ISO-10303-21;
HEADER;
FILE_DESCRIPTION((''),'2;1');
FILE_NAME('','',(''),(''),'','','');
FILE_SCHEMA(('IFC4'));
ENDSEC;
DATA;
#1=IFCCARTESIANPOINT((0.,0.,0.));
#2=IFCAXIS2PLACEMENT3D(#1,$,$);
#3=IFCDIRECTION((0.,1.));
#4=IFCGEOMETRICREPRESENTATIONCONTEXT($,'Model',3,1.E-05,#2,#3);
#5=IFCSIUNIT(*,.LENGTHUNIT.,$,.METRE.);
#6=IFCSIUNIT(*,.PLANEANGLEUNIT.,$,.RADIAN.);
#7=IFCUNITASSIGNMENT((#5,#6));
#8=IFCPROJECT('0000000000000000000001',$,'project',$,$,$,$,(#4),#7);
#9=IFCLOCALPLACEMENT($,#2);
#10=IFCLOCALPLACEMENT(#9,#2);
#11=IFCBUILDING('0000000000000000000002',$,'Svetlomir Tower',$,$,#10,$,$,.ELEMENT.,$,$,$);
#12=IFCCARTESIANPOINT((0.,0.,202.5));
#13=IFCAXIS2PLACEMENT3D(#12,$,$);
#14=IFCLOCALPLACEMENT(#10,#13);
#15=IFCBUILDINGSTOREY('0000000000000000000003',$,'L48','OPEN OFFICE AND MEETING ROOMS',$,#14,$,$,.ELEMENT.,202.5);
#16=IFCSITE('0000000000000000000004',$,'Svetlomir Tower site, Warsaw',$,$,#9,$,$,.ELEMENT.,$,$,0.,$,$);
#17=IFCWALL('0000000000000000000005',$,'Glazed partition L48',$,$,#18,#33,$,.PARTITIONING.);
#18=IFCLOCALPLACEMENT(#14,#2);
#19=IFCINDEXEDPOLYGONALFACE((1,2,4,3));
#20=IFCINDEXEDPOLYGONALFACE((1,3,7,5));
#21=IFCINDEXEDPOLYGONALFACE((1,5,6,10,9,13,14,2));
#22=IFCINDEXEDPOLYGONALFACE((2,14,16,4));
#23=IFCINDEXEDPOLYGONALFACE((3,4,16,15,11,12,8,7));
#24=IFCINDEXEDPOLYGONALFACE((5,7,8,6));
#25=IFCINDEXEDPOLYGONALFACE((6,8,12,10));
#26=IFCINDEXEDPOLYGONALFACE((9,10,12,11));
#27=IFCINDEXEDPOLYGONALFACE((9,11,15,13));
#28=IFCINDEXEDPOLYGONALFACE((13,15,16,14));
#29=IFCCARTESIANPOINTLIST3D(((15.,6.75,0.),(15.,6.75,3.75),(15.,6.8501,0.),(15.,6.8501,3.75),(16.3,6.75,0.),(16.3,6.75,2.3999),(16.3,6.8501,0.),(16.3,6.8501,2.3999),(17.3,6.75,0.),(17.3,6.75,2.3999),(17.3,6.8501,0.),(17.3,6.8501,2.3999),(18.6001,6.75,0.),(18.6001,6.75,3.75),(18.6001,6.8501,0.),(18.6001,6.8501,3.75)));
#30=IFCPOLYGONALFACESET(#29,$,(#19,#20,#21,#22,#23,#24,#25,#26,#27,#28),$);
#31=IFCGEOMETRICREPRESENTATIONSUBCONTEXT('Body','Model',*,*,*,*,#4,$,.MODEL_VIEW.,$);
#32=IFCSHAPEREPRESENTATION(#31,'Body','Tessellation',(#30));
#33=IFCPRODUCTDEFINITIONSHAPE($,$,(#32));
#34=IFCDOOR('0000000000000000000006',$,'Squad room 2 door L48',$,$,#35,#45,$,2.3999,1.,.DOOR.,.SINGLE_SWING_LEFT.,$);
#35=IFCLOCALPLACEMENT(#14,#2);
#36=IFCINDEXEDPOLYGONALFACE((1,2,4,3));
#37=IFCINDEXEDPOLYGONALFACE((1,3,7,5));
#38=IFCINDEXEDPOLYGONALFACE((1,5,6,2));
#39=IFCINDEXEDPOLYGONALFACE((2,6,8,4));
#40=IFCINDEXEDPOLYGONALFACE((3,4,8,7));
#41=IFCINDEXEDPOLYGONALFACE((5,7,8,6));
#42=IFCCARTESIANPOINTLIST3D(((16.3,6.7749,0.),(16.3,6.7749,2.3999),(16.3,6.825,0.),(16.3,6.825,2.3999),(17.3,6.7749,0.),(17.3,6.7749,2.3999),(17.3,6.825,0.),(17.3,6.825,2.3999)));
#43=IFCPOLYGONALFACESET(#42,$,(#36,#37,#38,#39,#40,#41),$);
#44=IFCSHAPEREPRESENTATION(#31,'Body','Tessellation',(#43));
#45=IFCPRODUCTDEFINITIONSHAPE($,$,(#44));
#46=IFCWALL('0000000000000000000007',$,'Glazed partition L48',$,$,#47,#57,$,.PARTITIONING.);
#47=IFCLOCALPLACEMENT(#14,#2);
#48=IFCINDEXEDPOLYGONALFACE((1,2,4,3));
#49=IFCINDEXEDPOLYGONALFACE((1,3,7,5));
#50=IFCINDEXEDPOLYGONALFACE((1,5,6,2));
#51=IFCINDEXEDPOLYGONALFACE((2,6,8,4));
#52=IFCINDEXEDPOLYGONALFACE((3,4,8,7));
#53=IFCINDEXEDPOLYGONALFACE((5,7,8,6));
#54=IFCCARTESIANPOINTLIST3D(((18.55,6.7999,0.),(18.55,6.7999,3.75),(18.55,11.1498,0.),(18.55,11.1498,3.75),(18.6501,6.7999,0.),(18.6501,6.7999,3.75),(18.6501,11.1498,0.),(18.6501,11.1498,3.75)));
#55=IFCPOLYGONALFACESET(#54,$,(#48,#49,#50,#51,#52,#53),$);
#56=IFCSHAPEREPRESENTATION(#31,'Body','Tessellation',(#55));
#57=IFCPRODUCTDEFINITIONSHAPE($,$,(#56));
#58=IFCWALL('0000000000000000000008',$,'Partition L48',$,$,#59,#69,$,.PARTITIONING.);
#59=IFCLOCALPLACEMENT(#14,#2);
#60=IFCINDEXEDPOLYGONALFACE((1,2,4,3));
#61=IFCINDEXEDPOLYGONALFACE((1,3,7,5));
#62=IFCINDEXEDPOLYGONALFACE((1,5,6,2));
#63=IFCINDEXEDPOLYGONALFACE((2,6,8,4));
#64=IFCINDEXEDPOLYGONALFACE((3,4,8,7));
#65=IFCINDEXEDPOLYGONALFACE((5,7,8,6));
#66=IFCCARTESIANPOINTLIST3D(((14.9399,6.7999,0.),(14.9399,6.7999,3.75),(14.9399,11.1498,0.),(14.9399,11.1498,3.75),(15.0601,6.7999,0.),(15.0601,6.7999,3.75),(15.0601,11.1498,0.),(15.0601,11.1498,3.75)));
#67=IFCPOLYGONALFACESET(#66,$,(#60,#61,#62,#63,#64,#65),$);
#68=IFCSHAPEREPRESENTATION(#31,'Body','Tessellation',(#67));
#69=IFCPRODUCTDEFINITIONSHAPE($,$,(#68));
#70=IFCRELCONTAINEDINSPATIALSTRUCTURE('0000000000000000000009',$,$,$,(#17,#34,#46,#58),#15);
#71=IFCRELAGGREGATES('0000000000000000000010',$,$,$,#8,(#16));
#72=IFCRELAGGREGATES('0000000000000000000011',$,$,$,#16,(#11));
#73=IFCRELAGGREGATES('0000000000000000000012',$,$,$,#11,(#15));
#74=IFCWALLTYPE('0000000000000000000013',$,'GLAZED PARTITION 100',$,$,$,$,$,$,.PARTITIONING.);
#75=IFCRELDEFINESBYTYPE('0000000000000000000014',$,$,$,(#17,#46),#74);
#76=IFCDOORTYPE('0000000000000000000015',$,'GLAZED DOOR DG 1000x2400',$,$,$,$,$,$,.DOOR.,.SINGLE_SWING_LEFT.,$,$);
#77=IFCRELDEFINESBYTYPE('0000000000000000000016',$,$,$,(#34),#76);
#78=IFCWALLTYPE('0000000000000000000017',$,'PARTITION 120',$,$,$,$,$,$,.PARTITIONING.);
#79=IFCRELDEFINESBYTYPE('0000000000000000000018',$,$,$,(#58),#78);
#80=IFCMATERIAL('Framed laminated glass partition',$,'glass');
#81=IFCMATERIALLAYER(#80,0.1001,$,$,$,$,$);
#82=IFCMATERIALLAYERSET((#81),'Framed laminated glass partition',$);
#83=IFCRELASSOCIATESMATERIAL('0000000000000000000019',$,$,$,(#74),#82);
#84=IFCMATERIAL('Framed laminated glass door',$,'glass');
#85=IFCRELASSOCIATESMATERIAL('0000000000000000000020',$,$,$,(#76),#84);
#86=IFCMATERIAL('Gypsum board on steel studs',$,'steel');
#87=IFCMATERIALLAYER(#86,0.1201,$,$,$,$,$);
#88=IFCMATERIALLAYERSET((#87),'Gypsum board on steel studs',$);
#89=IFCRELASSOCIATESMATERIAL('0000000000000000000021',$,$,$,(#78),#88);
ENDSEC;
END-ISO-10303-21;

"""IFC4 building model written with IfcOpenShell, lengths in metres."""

from ifc_helpers import new_model, si_unit, direction, frame, frame_2d, origin, place, context, subcontext, project, spatial, rectangle, extrude, material, layer, layer_set, type_object, element, fill, save


model = new_model("IFC4")

# Units and contexts
model_context = context("Model", 3, precision=1e-05, world=origin(), true_north=direction((0.0, 1.0)))
body_context = subcontext(model_context, "Body", "Model", "MODEL_VIEW")
ifc_project = project(units=[si_unit("LENGTHUNIT", "METRE"), si_unit("PLANEANGLEUNIT", "RADIAN")], contexts=[model_context])

# Site, building, storey
site_placement = place(None, origin())
site = spatial("IfcSite", under=ifc_project, at=site_placement, Name="Svetlomir Tower site, Warsaw", CompositionType="ELEMENT", RefElevation=0.0)
building_placement = place(site_placement, origin())
building = spatial("IfcBuilding", under=site, at=building_placement, Name="Svetlomir Tower", CompositionType="ELEMENT")
storey_placement = place(building_placement, frame((0.0, 0.0, 202.5)))
storey = spatial("IfcBuildingStorey", under=building, at=storey_placement, Name="L48", Description="OPEN OFFICE AND MEETING ROOMS", CompositionType="ELEMENT", Elevation=202.5)

# Wall, opening, door
ifc_material_1 = material(Name="Framed laminated glass partition", Category="glass")
ifc_layer_1 = layer(ifc_material_1, 0.1001)
ifc_layer_set_1 = layer_set([ifc_layer_1], Name="Framed laminated glass partition")
wall_type_1 = type_object("IfcWallType", Name="GLAZED PARTITION 100", PredefinedType="PARTITIONING", material=ifc_layer_set_1)
wall_1_placement = place(storey_placement, frame((15.0, 6.8, 0.0), z_axis=(0.0, 0.0, 1.0), x_axis=(1.0, 0.0, 0.0)))
wall_1 = element("IfcWall", 1, at=wall_1_placement, inside=storey, type_object=wall_type_1, Name="Glazed partition L48", PredefinedType="PARTITIONING", context=body_context, shape_type="SweptSolid", body=[
    extrude(rectangle(XDim=3.6001, YDim=0.1001, at=frame_2d((1.8, 0.0))), origin(), (0.0, 0.0, 1.0), 3.75),
])
opening_1_placement = place(wall_1_placement, frame((1.3, 0.0, 0.0)))
opening_1 = element("IfcOpeningElement", 2, at=opening_1_placement, cuts=wall_1, PredefinedType="OPENING", context=body_context, shape_type="SweptSolid", body=[
    extrude(rectangle(XDim=1.0, YDim=2.3999, at=frame_2d((0.5, 1.2))), frame((0.0, 0.0601, 0.0), z_axis=(0.0, -1.0, 0.0), x_axis=(1.0, 0.0, 0.0)), (0.0, 0.0, 1.0), 0.1201),
])
ifc_material_2 = material(Name="Framed laminated glass door", Category="glass")
door_type_1 = type_object("IfcDoorType", Name="GLAZED DOOR DG 1000x2400", OperationType="SINGLE_SWING_LEFT", PredefinedType="DOOR", material=ifc_material_2)
door_1_placement = place(opening_1_placement, origin())
door_1 = element("IfcDoor", 3, at=door_1_placement, inside=storey, type_object=door_type_1, Name="Squad room 2 door L48", OperationType="SINGLE_SWING_LEFT", OverallHeight=2.3999, OverallWidth=1.0, PredefinedType="DOOR", context=body_context, shape_type="SweptSolid", body=[
    extrude(rectangle(XDim=1.0, YDim=2.3999, at=frame_2d((0.5, 1.2))), frame((0.0, 0.0249, 0.0), z_axis=(0.0, -1.0, 0.0), x_axis=(1.0, 0.0, 0.0)), (0.0, 0.0, 1.0), 0.05),
])
fill(opening_1, door_1)

# Walls
wall_2_placement = place(storey_placement, frame((18.6001, 6.8, 0.0), z_axis=(0.0, 0.0, 1.0), x_axis=(0.0, 1.0, 0.0)))
element("IfcWall", 4, at=wall_2_placement, inside=storey, type_object=wall_type_1, Name="Glazed partition L48", PredefinedType="PARTITIONING", context=body_context, shape_type="SweptSolid", body=[
    extrude(rectangle(XDim=4.3499, YDim=0.1001, at=frame_2d((2.1748, 0.0))), origin(), (0.0, 0.0, 1.0), 3.75),
])
ifc_material_3 = material(Name="Gypsum board on steel studs", Category="steel")
ifc_layer_2 = layer(ifc_material_3, 0.1201)
ifc_layer_set_2 = layer_set([ifc_layer_2], Name="Gypsum board on steel studs")
wall_type_2 = type_object("IfcWallType", Name="PARTITION 120", PredefinedType="PARTITIONING", material=ifc_layer_set_2)
wall_3_placement = place(storey_placement, frame((15.0, 6.8, 0.0), z_axis=(0.0, 0.0, 1.0), x_axis=(0.0, 1.0, 0.0)))
element("IfcWall", 5, at=wall_3_placement, inside=storey, type_object=wall_type_2, Name="Partition L48", PredefinedType="PARTITIONING", context=body_context, shape_type="SweptSolid", body=[
    extrude(rectangle(XDim=4.3499, YDim=0.1201, at=frame_2d((2.1748, 0.0))), origin(), (0.0, 0.0, 1.0), 3.75),
])

save(model, "model.ifc")
